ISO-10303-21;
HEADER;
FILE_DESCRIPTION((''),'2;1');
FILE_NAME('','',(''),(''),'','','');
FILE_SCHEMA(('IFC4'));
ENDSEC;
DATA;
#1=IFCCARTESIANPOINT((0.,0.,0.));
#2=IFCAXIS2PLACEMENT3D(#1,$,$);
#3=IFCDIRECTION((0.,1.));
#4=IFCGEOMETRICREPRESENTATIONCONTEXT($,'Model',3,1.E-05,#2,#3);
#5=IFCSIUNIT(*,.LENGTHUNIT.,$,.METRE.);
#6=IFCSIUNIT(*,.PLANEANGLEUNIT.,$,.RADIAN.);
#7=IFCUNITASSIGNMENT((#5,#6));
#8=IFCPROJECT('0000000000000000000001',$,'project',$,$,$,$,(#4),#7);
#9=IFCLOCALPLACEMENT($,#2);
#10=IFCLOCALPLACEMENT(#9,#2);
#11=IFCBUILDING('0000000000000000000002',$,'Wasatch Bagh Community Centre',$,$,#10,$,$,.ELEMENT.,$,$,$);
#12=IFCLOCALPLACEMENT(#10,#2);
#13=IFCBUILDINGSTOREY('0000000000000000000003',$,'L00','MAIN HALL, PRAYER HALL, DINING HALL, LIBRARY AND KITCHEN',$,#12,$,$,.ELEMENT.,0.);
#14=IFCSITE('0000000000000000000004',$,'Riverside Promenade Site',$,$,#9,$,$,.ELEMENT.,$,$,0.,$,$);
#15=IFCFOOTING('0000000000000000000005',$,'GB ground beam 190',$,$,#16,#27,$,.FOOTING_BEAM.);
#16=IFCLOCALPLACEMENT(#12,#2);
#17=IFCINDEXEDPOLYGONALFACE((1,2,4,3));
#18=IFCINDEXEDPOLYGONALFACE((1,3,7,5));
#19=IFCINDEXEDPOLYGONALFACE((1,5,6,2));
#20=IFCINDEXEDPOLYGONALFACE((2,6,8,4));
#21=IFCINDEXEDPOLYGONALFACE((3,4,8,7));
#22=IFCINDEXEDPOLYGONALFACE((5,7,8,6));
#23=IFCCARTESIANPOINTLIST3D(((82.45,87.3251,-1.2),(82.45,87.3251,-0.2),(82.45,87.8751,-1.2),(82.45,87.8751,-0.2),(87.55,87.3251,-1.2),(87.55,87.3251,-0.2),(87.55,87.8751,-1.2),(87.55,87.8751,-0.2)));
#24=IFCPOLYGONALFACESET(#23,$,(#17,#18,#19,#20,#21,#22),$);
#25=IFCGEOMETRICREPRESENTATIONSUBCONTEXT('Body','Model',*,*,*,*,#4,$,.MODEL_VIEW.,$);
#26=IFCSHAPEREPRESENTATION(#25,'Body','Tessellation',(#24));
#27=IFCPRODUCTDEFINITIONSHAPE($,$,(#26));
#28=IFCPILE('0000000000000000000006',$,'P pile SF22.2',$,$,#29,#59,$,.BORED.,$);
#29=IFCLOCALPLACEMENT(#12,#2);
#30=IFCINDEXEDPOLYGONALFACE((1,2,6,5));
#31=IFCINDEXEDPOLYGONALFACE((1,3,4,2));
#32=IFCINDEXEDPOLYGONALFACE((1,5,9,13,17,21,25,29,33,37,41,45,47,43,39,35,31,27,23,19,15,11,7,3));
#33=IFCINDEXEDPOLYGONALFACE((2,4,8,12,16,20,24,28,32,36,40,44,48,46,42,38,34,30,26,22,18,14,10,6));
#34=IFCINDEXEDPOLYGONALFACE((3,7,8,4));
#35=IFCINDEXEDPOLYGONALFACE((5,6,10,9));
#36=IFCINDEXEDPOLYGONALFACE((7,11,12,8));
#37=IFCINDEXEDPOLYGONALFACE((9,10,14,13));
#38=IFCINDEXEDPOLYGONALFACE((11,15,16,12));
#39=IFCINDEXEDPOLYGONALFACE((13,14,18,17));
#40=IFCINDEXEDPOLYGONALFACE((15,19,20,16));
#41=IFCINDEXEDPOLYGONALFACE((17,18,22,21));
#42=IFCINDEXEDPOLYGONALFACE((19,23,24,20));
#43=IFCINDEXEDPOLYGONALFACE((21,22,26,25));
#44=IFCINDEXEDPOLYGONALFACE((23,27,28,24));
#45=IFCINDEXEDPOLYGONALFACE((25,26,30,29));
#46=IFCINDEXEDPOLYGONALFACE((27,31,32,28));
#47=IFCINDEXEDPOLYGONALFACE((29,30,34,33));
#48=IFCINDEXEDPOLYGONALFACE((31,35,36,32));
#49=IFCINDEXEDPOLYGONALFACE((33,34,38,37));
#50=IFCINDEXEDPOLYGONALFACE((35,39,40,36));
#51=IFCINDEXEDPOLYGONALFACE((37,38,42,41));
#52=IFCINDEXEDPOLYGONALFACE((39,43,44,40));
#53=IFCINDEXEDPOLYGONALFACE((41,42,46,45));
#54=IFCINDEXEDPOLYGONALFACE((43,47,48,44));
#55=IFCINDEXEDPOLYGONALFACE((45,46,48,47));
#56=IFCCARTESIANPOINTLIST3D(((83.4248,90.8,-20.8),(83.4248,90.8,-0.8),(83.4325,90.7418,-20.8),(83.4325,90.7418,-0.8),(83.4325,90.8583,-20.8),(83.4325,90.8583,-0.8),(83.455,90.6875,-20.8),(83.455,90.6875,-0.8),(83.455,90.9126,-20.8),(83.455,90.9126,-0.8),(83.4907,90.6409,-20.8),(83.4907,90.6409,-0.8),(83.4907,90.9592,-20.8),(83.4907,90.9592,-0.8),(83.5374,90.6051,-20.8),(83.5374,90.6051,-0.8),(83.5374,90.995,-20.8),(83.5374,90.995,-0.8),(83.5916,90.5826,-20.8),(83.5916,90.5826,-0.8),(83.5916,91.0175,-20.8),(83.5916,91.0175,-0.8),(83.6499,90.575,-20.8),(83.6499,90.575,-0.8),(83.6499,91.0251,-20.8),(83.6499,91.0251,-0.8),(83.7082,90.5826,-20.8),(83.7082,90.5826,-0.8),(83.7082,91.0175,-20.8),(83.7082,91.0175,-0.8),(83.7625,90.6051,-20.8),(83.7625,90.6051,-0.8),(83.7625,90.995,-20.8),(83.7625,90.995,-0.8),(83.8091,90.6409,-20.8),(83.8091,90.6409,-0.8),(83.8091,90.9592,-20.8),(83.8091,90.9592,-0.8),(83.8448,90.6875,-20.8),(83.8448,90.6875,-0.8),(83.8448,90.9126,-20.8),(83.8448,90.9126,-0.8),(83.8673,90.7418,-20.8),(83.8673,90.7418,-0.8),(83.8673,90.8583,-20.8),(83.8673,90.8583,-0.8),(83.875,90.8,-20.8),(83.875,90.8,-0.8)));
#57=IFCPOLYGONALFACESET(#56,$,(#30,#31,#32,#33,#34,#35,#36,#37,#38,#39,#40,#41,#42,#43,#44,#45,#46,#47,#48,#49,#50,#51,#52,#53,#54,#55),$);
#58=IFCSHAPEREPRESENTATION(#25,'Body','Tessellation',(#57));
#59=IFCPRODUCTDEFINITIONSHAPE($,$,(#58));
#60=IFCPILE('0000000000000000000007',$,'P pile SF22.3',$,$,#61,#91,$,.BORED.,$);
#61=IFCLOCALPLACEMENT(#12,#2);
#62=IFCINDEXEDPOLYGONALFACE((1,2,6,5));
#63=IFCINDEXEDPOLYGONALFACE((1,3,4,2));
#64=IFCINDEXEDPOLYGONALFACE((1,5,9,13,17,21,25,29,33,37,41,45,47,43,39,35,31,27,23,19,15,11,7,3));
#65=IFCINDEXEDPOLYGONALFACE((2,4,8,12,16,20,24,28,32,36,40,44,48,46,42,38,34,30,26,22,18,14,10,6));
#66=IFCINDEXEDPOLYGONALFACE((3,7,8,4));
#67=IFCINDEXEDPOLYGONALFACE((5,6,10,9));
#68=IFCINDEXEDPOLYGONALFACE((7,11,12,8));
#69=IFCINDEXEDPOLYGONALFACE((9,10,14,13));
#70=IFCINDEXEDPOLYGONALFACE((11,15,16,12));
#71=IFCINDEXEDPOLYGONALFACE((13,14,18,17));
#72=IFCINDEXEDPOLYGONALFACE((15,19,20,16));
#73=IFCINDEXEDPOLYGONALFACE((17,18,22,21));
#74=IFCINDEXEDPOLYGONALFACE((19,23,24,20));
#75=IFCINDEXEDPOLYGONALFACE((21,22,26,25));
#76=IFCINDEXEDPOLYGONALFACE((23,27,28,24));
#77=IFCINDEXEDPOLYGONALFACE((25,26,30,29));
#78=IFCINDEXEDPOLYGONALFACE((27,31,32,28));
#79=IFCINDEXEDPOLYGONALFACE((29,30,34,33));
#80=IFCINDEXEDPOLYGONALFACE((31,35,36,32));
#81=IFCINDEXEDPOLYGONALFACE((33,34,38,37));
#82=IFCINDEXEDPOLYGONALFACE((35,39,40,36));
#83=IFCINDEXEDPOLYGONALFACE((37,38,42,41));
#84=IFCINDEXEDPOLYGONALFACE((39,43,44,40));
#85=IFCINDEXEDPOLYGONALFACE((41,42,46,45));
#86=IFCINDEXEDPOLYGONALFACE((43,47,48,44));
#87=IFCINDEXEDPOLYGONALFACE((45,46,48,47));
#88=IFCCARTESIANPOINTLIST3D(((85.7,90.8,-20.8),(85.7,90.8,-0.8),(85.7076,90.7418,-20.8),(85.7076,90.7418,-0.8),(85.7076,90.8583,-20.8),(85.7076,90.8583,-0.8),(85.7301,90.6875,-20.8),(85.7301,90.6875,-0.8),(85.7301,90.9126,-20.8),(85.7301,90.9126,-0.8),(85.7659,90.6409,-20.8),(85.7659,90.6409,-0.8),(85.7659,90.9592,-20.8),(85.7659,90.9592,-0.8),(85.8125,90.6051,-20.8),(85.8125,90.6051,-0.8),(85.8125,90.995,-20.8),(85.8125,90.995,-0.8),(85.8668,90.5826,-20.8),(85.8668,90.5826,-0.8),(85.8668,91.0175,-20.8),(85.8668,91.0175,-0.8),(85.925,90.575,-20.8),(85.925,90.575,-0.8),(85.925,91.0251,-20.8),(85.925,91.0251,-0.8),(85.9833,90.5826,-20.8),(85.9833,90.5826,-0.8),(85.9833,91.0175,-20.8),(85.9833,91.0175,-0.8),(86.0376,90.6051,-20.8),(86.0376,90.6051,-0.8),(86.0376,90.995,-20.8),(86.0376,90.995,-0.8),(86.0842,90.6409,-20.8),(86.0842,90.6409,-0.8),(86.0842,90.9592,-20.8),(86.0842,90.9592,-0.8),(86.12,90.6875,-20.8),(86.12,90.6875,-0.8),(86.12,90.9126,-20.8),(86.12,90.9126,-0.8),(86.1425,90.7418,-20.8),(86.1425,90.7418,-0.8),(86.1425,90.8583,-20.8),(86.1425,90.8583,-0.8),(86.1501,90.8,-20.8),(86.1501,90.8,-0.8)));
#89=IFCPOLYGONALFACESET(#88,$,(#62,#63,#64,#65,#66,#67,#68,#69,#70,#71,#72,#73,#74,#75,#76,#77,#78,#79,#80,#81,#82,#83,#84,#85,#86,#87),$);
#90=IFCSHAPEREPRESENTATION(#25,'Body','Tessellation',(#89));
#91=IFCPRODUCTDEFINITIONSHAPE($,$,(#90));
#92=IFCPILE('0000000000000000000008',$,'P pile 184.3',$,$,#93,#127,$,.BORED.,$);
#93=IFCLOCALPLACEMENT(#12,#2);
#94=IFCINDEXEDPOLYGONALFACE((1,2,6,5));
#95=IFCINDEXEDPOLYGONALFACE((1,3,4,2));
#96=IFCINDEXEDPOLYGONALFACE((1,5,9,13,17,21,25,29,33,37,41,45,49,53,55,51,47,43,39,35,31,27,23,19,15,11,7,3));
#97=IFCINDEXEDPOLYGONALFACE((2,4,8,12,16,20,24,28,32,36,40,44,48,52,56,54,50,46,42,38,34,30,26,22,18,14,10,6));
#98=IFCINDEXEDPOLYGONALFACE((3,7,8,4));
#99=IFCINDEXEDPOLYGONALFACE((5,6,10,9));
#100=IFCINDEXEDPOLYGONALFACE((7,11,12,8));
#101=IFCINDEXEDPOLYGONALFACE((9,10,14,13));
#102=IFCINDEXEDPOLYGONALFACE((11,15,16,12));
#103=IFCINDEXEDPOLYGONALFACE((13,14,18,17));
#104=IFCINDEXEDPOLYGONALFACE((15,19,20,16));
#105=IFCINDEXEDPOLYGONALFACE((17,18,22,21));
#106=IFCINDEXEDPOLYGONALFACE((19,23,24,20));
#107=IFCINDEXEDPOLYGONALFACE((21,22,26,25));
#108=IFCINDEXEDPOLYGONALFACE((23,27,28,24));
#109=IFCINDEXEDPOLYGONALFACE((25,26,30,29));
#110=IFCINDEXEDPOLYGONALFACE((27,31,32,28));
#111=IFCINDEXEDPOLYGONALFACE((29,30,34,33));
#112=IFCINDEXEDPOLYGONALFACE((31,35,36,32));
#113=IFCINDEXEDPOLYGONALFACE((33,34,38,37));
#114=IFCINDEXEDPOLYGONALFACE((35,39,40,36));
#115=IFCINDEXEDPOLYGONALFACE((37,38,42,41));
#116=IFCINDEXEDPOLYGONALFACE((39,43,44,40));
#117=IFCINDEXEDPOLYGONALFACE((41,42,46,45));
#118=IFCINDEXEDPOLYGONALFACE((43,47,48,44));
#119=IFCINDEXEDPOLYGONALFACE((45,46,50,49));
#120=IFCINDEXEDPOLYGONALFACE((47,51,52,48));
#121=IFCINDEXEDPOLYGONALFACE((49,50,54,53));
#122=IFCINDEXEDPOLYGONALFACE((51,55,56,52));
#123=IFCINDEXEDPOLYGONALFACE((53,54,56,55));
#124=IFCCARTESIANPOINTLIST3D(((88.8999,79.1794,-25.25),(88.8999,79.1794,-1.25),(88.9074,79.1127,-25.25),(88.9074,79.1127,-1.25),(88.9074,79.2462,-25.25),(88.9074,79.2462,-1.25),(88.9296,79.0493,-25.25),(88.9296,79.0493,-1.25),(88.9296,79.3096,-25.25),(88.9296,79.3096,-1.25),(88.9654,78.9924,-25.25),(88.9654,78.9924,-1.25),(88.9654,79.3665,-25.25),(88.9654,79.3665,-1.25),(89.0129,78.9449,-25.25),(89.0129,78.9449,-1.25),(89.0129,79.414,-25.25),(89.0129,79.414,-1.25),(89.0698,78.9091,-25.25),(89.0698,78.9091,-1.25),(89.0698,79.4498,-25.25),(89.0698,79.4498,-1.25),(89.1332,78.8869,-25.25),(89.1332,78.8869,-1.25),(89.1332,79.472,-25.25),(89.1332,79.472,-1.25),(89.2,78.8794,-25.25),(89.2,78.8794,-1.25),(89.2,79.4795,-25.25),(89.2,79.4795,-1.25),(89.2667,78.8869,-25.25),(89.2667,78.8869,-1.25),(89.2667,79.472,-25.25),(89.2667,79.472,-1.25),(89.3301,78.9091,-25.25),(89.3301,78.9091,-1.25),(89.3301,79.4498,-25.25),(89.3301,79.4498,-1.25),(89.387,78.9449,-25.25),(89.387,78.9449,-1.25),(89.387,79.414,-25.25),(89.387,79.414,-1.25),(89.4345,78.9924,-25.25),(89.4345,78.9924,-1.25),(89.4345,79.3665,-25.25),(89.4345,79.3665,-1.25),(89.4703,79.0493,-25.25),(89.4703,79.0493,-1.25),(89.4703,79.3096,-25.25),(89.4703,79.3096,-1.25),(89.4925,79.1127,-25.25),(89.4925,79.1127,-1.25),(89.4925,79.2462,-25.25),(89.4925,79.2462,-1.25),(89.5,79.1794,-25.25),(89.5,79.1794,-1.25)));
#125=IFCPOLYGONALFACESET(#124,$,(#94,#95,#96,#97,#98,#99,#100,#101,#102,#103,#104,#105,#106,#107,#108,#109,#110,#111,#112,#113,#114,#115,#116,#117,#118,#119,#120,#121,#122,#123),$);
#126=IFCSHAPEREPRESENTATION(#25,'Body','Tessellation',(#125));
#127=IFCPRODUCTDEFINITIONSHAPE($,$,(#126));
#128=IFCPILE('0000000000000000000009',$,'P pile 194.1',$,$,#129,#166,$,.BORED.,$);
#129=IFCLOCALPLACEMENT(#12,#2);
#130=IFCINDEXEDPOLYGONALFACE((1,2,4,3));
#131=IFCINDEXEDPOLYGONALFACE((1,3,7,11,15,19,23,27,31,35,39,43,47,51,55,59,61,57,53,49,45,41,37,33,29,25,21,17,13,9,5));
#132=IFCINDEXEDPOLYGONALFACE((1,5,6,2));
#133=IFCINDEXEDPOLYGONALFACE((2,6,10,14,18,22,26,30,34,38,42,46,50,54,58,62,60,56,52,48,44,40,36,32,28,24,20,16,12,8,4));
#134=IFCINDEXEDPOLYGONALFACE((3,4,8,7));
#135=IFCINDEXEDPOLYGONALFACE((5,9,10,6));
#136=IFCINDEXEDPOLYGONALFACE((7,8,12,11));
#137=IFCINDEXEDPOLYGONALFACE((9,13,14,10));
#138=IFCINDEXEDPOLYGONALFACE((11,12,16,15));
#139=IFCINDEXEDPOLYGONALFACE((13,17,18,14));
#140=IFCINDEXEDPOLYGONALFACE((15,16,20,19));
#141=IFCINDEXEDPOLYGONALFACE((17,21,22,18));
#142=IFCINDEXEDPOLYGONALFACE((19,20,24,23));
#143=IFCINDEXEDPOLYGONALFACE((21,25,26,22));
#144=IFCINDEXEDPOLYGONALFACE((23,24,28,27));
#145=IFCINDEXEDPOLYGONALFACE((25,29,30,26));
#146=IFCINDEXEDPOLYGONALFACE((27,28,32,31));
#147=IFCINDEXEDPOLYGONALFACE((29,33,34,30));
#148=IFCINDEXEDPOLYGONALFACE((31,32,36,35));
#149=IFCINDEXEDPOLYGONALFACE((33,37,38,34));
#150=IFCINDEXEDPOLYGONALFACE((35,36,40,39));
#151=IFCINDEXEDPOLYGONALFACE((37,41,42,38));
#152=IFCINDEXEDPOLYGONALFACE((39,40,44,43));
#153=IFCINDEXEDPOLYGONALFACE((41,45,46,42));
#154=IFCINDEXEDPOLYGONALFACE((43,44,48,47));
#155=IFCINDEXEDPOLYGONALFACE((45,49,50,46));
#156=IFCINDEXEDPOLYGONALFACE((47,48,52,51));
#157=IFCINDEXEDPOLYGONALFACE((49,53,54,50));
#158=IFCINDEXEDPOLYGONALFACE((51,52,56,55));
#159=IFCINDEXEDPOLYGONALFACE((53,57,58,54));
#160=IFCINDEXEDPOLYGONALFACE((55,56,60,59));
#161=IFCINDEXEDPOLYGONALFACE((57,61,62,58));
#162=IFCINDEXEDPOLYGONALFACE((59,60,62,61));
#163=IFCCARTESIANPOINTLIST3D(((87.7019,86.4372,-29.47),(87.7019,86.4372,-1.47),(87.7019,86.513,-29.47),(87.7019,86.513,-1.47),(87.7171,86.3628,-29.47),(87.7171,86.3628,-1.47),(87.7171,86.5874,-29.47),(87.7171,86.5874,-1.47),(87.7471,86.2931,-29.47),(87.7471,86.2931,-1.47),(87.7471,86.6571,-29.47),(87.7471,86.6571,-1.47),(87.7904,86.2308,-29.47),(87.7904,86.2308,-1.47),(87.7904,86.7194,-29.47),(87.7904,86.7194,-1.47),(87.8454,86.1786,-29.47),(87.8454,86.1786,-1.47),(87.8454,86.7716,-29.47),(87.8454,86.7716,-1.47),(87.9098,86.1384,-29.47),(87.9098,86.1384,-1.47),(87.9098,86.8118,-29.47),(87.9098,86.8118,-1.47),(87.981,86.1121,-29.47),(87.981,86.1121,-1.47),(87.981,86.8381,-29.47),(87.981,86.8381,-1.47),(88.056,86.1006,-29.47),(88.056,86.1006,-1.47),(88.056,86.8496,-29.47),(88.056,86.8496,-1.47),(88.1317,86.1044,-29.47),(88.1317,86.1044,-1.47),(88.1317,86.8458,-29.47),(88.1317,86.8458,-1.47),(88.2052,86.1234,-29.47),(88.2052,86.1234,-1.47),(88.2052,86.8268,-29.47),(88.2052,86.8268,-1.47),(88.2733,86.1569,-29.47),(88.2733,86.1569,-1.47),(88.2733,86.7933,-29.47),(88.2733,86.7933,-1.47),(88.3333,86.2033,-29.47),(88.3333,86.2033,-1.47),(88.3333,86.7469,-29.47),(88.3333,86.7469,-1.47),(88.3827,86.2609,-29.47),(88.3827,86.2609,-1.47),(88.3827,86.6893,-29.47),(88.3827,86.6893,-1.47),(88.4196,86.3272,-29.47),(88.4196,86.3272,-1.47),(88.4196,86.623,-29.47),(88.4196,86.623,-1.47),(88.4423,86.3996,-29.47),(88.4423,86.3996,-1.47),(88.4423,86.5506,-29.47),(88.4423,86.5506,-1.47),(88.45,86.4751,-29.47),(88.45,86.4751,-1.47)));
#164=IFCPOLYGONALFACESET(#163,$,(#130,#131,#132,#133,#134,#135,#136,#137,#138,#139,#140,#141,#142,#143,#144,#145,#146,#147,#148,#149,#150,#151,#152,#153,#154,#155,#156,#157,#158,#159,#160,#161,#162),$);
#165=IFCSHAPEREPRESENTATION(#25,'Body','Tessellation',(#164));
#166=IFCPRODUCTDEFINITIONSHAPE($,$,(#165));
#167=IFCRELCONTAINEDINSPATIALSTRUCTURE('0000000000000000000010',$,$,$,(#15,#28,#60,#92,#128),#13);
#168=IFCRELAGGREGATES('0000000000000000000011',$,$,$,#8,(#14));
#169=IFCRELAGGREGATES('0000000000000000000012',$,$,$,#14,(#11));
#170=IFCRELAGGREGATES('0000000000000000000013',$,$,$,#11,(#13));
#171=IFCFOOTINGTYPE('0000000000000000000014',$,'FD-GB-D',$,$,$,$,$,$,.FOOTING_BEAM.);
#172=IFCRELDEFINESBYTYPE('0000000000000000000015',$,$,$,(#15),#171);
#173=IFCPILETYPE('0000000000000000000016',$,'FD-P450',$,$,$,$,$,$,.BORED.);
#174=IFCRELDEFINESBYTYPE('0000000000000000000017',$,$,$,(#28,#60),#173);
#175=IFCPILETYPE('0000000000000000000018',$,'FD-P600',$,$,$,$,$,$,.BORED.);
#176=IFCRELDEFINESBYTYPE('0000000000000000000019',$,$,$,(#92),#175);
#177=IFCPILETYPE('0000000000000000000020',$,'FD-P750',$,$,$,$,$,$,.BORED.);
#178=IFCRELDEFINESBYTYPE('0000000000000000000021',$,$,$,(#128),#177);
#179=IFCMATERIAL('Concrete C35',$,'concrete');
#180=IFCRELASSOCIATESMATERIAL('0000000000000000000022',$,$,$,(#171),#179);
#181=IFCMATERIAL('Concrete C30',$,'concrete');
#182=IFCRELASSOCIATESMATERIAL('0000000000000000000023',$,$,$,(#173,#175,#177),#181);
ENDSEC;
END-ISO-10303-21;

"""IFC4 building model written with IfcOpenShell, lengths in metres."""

from ifc_helpers import new_model, si_unit, direction, frame, origin, origin_2d, place, context, subcontext, project, spatial, rectangle, circle, extrude, material, material_profile, profile_set, type_object, element, save


model = new_model("IFC4")

# Units and contexts
model_context = context("Model", 3, precision=1e-05, world=origin(), true_north=direction((0.0, 1.0)))
body_context = subcontext(model_context, "Body", "Model", "MODEL_VIEW")
ifc_project = project(units=[si_unit("LENGTHUNIT", "METRE"), si_unit("PLANEANGLEUNIT", "RADIAN")], contexts=[model_context])

# Site, building, storey
site_placement = place(None, origin())
site = spatial("IfcSite", under=ifc_project, at=site_placement, Name="Riverside Promenade Site", CompositionType="ELEMENT", RefElevation=0.0)
building_placement = place(site_placement, origin())
building = spatial("IfcBuilding", under=site, at=building_placement, Name="Wasatch Bagh Community Centre", CompositionType="ELEMENT")
storey_placement = place(building_placement, origin())
storey = spatial("IfcBuildingStorey", under=building, at=storey_placement, Name="L00", Description="MAIN HALL, PRAYER HALL, DINING HALL, LIBRARY AND KITCHEN", CompositionType="ELEMENT", Elevation=0.0)

# Footing
ifc_material_1 = material(Name="Concrete C35", Category="concrete")
footing_type_1 = type_object("IfcFootingType", Name="FD-GB-D", PredefinedType="FOOTING_BEAM", material=ifc_material_1)
footing_1_placement = place(storey_placement, frame((85.0, 87.6001, -1.2), z_axis=(0.0, 0.0, 1.0), x_axis=(1.0, 0.0, 0.0)))
element("IfcFooting", 1, at=footing_1_placement, inside=storey, type_object=footing_type_1, Name="GB ground beam 190", PredefinedType="FOOTING_BEAM", context=body_context, shape_type="SweptSolid", body=[
    extrude(rectangle(XDim=5.1001, YDim=0.55, at=origin_2d()), origin(), (0.0, 0.0, 1.0), 1.0),
])

# Piles
ifc_material_2 = material(Name="Concrete C30", Category="concrete")
ifc_material_profile_1 = material_profile(ifc_material_2, circle(Radius=0.2251, at=origin_2d()), Name="RC D450")
ifc_profile_set_1 = profile_set([ifc_material_profile_1], Name="Concrete C30")
pile_type_1 = type_object("IfcPileType", Name="FD-P450", PredefinedType="BORED", material=ifc_profile_set_1)
for number, where, z_axis, x_axis, name in (
    (2, (83.6499, 90.8, -0.8), (0.0, 0.0, -1.0), (1.0, 0.0, 0.0), "P pile SF22.2"),
    (3, (85.925, 90.8, -0.8), (0.0, 0.0, -1.0), (1.0, 0.0, 0.0), "P pile SF22.3"),
):
    element("IfcPile", number, at=place(storey_placement, frame(where, z_axis=z_axis, x_axis=x_axis)), inside=storey, type_object=pile_type_1, Name=name, PredefinedType="BORED", context=body_context, shape_type="SweptSolid", body=[
        extrude(circle(Radius=0.2251, at=origin_2d()), origin(), (0.0, 0.0, 1.0), 20.0),
    ])
ifc_material_profile_2 = material_profile(ifc_material_2, circle(Radius=0.3, at=origin_2d()), Name="RC D600")
ifc_profile_set_2 = profile_set([ifc_material_profile_2], Name="Concrete C30")
pile_type_2 = type_object("IfcPileType", Name="FD-P600", PredefinedType="BORED", material=ifc_profile_set_2)
pile_placement = place(storey_placement, frame((89.2, 79.1794, -1.25), z_axis=(0.0, 0.0, -1.0), x_axis=(1.0, 0.0, 0.0)))
element("IfcPile", 4, at=pile_placement, inside=storey, type_object=pile_type_2, Name="P pile 184.3", PredefinedType="BORED", context=body_context, shape_type="SweptSolid", body=[
    extrude(circle(Radius=0.3, at=origin_2d()), origin(), (0.0, 0.0, 1.0), 24.0),
])
ifc_material_profile_3 = material_profile(ifc_material_2, circle(Radius=0.375, at=origin_2d()), Name="RC D750")
ifc_profile_set_3 = profile_set([ifc_material_profile_3], Name="Concrete C30")
pile_type_3 = type_object("IfcPileType", Name="FD-P750", PredefinedType="BORED", material=ifc_profile_set_3)
for number, where, z_axis, x_axis, name in (
    (5, (88.075, 86.4751, -1.47), (0.0, 0.0, -1.0), (1.0, 0.0, 0.0), "P pile 194.1"),
):
    element("IfcPile", number, at=place(storey_placement, frame(where, z_axis=z_axis, x_axis=x_axis)), inside=storey, type_object=pile_type_3, Name=name, PredefinedType="BORED", context=body_context, shape_type="SweptSolid", body=[
        extrude(circle(Radius=0.375, at=origin_2d()), origin(), (0.0, 0.0, 1.0), 28.0),
    ])

save(model, "model.ifc")
